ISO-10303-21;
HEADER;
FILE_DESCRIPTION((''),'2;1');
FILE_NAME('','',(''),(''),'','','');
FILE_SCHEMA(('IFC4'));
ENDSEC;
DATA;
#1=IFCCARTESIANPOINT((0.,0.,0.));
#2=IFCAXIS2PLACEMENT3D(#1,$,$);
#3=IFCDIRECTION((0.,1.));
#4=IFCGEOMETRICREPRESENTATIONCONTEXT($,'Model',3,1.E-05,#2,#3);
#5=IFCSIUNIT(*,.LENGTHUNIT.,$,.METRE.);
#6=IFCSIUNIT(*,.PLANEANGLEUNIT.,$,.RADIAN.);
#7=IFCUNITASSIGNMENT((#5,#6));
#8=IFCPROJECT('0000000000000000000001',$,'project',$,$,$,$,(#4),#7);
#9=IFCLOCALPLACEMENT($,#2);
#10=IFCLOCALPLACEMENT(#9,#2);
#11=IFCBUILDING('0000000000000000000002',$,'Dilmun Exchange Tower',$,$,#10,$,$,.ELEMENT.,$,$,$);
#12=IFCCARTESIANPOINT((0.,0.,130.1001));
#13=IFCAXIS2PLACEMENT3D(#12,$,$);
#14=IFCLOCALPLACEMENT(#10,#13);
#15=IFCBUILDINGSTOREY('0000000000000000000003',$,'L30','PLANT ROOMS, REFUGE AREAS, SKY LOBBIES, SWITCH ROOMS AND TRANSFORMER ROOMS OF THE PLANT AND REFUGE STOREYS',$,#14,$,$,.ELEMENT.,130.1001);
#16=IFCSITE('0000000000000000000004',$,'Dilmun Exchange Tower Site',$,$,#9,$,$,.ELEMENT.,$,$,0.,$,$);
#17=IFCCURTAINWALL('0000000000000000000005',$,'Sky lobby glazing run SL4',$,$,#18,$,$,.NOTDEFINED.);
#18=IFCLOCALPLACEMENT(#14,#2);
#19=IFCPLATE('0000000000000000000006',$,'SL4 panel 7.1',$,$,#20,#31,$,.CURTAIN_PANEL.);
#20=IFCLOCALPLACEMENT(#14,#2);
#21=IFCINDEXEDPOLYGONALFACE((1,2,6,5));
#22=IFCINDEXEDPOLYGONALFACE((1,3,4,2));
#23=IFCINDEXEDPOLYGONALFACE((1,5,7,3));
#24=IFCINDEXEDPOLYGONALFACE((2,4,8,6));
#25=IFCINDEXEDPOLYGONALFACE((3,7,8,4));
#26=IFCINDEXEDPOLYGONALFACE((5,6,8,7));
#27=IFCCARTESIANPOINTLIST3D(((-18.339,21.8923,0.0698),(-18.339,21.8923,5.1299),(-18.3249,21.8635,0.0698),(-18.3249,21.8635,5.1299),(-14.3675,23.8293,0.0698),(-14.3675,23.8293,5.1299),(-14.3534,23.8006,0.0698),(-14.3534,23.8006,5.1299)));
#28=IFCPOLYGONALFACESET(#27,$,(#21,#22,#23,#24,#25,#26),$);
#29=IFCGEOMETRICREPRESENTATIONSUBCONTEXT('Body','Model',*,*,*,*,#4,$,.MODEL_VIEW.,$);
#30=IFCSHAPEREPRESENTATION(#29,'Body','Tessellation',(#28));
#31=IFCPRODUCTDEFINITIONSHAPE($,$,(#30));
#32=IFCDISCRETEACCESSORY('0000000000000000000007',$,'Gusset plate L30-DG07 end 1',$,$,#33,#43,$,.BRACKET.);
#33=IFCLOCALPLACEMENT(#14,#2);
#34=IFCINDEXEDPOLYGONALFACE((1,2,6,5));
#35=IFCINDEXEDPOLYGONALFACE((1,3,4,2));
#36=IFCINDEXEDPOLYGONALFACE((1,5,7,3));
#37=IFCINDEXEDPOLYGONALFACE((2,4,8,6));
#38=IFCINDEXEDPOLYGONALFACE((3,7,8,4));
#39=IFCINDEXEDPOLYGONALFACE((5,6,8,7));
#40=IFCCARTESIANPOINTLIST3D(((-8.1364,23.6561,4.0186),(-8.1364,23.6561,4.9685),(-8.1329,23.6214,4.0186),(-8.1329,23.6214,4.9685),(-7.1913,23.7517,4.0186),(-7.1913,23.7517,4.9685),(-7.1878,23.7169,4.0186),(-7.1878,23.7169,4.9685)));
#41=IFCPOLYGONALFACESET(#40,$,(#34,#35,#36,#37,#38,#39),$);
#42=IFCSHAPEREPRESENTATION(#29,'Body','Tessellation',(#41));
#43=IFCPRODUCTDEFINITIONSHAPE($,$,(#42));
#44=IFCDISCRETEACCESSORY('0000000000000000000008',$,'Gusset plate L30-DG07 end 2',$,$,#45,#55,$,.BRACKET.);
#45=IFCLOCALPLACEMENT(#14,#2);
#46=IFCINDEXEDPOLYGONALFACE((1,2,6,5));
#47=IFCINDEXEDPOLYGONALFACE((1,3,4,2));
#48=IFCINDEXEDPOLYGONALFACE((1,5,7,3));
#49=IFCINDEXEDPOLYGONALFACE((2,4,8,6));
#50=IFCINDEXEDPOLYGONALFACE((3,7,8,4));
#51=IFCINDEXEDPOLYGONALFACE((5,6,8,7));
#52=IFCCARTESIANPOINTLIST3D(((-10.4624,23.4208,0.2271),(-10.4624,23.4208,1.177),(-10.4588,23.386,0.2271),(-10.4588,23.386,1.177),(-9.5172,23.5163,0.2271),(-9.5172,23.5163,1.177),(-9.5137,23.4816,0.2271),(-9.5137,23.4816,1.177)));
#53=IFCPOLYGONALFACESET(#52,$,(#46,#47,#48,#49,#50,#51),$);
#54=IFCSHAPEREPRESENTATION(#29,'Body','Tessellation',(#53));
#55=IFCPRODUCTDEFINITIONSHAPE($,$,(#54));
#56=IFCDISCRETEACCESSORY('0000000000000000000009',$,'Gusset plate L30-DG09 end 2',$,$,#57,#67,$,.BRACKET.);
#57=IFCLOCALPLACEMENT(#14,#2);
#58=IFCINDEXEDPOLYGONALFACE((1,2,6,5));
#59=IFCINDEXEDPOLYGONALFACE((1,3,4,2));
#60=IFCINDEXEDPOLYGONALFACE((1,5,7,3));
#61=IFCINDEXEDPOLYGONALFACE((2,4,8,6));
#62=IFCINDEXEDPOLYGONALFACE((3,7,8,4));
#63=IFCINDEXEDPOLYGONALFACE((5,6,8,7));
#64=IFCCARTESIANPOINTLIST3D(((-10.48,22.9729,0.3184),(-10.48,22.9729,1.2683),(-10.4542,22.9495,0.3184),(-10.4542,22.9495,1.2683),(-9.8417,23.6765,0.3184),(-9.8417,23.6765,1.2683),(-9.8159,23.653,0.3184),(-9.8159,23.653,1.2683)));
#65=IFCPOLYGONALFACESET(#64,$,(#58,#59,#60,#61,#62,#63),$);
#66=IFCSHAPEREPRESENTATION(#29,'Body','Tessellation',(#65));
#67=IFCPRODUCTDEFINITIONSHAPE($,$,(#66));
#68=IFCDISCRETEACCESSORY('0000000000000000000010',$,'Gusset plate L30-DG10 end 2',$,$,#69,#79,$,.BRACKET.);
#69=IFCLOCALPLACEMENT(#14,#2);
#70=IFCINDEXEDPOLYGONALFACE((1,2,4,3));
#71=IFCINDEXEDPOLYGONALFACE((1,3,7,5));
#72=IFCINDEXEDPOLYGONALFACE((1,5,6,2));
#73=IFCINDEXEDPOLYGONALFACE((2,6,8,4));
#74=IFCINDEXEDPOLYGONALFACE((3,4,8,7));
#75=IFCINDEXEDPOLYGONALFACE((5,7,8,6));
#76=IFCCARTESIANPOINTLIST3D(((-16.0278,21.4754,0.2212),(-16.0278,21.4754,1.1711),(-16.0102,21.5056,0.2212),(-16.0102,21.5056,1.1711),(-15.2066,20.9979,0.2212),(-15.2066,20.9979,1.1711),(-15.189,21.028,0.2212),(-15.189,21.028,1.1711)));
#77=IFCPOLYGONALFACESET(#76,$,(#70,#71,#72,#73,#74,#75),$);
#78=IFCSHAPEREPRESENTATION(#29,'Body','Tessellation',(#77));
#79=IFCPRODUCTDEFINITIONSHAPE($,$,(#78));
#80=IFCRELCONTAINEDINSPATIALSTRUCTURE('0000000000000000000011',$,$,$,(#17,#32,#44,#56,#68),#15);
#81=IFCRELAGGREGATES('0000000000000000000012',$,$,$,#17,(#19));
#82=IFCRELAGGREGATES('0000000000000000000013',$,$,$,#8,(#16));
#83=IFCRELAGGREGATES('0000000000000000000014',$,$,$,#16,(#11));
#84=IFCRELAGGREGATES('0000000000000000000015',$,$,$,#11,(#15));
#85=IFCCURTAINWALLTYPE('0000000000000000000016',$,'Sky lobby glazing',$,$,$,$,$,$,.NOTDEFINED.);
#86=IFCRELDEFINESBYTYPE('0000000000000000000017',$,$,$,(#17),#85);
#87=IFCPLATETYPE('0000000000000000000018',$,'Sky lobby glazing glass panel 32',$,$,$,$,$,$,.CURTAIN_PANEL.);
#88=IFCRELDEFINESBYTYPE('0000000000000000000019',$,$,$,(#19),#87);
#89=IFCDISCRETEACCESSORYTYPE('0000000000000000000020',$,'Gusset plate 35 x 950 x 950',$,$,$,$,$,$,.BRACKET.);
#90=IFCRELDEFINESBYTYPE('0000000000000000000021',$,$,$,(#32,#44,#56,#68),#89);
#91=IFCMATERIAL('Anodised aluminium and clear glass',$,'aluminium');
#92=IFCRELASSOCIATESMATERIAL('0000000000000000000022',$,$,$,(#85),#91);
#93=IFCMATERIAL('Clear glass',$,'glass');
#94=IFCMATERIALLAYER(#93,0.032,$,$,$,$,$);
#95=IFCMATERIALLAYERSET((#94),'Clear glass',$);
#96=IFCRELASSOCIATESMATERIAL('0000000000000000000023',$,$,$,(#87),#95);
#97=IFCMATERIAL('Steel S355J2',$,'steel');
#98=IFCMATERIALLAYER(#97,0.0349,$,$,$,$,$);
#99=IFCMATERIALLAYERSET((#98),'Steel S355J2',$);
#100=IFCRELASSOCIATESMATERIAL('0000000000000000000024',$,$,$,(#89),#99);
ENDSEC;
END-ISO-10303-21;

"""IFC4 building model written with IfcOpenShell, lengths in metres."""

from ifc_helpers import new_model, si_unit, direction, frame, origin, origin_2d, place, context, subcontext, project, spatial, rectangle, extrude, material, layer, layer_set, type_object, element, aggregate, save


model = new_model("IFC4")

# Units and contexts
model_context = context("Model", 3, precision=1e-05, world=origin(), true_north=direction((0.0, 1.0)))
body_context = subcontext(model_context, "Body", "Model", "MODEL_VIEW")
ifc_project = project(units=[si_unit("LENGTHUNIT", "METRE"), si_unit("PLANEANGLEUNIT", "RADIAN")], contexts=[model_context])

# Site, building, storey
site_placement = place(None, origin())
site = spatial("IfcSite", under=ifc_project, at=site_placement, Name="Dilmun Exchange Tower Site", CompositionType="ELEMENT", RefElevation=0.0)
building_placement = place(site_placement, origin())
building = spatial("IfcBuilding", under=site, at=building_placement, Name="Dilmun Exchange Tower", CompositionType="ELEMENT")
storey_placement = place(building_placement, frame((0.0, 0.0, 130.1001)))
storey = spatial("IfcBuildingStorey", under=building, at=storey_placement, Name="L30", Description="PLANT ROOMS, REFUGE AREAS, SKY LOBBIES, SWITCH ROOMS AND TRANSFORMER ROOMS OF THE PLANT AND REFUGE STOREYS", CompositionType="ELEMENT", Elevation=130.1001)

# Curtain wall
ifc_material_1 = material(Name="Anodised aluminium and clear glass", Category="aluminium")
curtain_wall_type = type_object("IfcCurtainWallType", Name="Sky lobby glazing", PredefinedType="NOTDEFINED", material=ifc_material_1)
curtain_wall_placement = place(storey_placement, origin())
curtain_wall = element("IfcCurtainWall", 1, at=curtain_wall_placement, inside=storey, type_object=curtain_wall_type, Name="Sky lobby glazing run SL4", PredefinedType="NOTDEFINED")

# Plate
ifc_material_2 = material(Name="Clear glass", Category="glass")
ifc_layer_1 = layer(ifc_material_2, 0.032)
ifc_layer_set_1 = layer_set([ifc_layer_1], Name="Clear glass")
plate_type = type_object("IfcPlateType", Name="Sky lobby glazing glass panel 32", PredefinedType="CURTAIN_PANEL", material=ifc_layer_set_1)
plate_1_placement = place(storey_placement, frame((-16.3462, 22.8464, 0.0698), z_axis=(0.0, 0.0, 1.0), x_axis=(-0.898794, -0.438371, 0.0)))
plate_1 = element("IfcPlate", 2, at=plate_1_placement, type_object=plate_type, Name="SL4 panel 7.1", PredefinedType="CURTAIN_PANEL", context=body_context, shape_type="SweptSolid", body=[
    extrude(rectangle(XDim=4.4187, YDim=0.032, at=origin_2d()), origin(), (0.0, 0.0, 1.0), 5.0601),
])
aggregate(curtain_wall, [plate_1])

# Discrete accessories
ifc_material_3 = material(Name="Steel S355J2", Category="steel")
ifc_layer_2 = layer(ifc_material_3, 0.0349)
ifc_layer_set_2 = layer_set([ifc_layer_2], Name="Steel S355J2")
discrete_accessory_type = type_object("IfcDiscreteAccessoryType", Name="Gusset plate 35 x 950 x 950", PredefinedType="BRACKET", material=ifc_layer_set_2)
for number, where, z_axis, x_axis, name in (
    (3, (-7.6621, 23.6865, 4.0186), (0.0, 0.0, 1.0), (-0.994926, -0.10061, 0.0), "Gusset plate L30-DG07 end 1"),
    (4, (-9.988, 23.4512, 0.2271), (0.0, 0.0, 1.0), (-0.994926, -0.10061, 0.0), "Gusset plate L30-DG07 end 2"),
    (5, (-10.1479, 23.313, 0.3184), (0.0, 0.0, 1.0), (0.671939, 0.740606, 0.0), "Gusset plate L30-DG09 end 2"),
    (6, (-15.6084, 21.2517, 0.2212), (0.0, 0.0, 1.0), (-0.864463, 0.502697, 0.0), "Gusset plate L30-DG10 end 2"),
):
    element("IfcDiscreteAccessory", number, at=place(storey_placement, frame(where, z_axis=z_axis, x_axis=x_axis)), inside=storey, type_object=discrete_accessory_type, Name=name, PredefinedType="BRACKET", context=body_context, shape_type="SweptSolid", body=[
        extrude(rectangle(XDim=0.95, YDim=0.0349, at=origin_2d()), origin(), (0.0, 0.0, 1.0), 0.95),
    ])

save(model, "model.ifc")
